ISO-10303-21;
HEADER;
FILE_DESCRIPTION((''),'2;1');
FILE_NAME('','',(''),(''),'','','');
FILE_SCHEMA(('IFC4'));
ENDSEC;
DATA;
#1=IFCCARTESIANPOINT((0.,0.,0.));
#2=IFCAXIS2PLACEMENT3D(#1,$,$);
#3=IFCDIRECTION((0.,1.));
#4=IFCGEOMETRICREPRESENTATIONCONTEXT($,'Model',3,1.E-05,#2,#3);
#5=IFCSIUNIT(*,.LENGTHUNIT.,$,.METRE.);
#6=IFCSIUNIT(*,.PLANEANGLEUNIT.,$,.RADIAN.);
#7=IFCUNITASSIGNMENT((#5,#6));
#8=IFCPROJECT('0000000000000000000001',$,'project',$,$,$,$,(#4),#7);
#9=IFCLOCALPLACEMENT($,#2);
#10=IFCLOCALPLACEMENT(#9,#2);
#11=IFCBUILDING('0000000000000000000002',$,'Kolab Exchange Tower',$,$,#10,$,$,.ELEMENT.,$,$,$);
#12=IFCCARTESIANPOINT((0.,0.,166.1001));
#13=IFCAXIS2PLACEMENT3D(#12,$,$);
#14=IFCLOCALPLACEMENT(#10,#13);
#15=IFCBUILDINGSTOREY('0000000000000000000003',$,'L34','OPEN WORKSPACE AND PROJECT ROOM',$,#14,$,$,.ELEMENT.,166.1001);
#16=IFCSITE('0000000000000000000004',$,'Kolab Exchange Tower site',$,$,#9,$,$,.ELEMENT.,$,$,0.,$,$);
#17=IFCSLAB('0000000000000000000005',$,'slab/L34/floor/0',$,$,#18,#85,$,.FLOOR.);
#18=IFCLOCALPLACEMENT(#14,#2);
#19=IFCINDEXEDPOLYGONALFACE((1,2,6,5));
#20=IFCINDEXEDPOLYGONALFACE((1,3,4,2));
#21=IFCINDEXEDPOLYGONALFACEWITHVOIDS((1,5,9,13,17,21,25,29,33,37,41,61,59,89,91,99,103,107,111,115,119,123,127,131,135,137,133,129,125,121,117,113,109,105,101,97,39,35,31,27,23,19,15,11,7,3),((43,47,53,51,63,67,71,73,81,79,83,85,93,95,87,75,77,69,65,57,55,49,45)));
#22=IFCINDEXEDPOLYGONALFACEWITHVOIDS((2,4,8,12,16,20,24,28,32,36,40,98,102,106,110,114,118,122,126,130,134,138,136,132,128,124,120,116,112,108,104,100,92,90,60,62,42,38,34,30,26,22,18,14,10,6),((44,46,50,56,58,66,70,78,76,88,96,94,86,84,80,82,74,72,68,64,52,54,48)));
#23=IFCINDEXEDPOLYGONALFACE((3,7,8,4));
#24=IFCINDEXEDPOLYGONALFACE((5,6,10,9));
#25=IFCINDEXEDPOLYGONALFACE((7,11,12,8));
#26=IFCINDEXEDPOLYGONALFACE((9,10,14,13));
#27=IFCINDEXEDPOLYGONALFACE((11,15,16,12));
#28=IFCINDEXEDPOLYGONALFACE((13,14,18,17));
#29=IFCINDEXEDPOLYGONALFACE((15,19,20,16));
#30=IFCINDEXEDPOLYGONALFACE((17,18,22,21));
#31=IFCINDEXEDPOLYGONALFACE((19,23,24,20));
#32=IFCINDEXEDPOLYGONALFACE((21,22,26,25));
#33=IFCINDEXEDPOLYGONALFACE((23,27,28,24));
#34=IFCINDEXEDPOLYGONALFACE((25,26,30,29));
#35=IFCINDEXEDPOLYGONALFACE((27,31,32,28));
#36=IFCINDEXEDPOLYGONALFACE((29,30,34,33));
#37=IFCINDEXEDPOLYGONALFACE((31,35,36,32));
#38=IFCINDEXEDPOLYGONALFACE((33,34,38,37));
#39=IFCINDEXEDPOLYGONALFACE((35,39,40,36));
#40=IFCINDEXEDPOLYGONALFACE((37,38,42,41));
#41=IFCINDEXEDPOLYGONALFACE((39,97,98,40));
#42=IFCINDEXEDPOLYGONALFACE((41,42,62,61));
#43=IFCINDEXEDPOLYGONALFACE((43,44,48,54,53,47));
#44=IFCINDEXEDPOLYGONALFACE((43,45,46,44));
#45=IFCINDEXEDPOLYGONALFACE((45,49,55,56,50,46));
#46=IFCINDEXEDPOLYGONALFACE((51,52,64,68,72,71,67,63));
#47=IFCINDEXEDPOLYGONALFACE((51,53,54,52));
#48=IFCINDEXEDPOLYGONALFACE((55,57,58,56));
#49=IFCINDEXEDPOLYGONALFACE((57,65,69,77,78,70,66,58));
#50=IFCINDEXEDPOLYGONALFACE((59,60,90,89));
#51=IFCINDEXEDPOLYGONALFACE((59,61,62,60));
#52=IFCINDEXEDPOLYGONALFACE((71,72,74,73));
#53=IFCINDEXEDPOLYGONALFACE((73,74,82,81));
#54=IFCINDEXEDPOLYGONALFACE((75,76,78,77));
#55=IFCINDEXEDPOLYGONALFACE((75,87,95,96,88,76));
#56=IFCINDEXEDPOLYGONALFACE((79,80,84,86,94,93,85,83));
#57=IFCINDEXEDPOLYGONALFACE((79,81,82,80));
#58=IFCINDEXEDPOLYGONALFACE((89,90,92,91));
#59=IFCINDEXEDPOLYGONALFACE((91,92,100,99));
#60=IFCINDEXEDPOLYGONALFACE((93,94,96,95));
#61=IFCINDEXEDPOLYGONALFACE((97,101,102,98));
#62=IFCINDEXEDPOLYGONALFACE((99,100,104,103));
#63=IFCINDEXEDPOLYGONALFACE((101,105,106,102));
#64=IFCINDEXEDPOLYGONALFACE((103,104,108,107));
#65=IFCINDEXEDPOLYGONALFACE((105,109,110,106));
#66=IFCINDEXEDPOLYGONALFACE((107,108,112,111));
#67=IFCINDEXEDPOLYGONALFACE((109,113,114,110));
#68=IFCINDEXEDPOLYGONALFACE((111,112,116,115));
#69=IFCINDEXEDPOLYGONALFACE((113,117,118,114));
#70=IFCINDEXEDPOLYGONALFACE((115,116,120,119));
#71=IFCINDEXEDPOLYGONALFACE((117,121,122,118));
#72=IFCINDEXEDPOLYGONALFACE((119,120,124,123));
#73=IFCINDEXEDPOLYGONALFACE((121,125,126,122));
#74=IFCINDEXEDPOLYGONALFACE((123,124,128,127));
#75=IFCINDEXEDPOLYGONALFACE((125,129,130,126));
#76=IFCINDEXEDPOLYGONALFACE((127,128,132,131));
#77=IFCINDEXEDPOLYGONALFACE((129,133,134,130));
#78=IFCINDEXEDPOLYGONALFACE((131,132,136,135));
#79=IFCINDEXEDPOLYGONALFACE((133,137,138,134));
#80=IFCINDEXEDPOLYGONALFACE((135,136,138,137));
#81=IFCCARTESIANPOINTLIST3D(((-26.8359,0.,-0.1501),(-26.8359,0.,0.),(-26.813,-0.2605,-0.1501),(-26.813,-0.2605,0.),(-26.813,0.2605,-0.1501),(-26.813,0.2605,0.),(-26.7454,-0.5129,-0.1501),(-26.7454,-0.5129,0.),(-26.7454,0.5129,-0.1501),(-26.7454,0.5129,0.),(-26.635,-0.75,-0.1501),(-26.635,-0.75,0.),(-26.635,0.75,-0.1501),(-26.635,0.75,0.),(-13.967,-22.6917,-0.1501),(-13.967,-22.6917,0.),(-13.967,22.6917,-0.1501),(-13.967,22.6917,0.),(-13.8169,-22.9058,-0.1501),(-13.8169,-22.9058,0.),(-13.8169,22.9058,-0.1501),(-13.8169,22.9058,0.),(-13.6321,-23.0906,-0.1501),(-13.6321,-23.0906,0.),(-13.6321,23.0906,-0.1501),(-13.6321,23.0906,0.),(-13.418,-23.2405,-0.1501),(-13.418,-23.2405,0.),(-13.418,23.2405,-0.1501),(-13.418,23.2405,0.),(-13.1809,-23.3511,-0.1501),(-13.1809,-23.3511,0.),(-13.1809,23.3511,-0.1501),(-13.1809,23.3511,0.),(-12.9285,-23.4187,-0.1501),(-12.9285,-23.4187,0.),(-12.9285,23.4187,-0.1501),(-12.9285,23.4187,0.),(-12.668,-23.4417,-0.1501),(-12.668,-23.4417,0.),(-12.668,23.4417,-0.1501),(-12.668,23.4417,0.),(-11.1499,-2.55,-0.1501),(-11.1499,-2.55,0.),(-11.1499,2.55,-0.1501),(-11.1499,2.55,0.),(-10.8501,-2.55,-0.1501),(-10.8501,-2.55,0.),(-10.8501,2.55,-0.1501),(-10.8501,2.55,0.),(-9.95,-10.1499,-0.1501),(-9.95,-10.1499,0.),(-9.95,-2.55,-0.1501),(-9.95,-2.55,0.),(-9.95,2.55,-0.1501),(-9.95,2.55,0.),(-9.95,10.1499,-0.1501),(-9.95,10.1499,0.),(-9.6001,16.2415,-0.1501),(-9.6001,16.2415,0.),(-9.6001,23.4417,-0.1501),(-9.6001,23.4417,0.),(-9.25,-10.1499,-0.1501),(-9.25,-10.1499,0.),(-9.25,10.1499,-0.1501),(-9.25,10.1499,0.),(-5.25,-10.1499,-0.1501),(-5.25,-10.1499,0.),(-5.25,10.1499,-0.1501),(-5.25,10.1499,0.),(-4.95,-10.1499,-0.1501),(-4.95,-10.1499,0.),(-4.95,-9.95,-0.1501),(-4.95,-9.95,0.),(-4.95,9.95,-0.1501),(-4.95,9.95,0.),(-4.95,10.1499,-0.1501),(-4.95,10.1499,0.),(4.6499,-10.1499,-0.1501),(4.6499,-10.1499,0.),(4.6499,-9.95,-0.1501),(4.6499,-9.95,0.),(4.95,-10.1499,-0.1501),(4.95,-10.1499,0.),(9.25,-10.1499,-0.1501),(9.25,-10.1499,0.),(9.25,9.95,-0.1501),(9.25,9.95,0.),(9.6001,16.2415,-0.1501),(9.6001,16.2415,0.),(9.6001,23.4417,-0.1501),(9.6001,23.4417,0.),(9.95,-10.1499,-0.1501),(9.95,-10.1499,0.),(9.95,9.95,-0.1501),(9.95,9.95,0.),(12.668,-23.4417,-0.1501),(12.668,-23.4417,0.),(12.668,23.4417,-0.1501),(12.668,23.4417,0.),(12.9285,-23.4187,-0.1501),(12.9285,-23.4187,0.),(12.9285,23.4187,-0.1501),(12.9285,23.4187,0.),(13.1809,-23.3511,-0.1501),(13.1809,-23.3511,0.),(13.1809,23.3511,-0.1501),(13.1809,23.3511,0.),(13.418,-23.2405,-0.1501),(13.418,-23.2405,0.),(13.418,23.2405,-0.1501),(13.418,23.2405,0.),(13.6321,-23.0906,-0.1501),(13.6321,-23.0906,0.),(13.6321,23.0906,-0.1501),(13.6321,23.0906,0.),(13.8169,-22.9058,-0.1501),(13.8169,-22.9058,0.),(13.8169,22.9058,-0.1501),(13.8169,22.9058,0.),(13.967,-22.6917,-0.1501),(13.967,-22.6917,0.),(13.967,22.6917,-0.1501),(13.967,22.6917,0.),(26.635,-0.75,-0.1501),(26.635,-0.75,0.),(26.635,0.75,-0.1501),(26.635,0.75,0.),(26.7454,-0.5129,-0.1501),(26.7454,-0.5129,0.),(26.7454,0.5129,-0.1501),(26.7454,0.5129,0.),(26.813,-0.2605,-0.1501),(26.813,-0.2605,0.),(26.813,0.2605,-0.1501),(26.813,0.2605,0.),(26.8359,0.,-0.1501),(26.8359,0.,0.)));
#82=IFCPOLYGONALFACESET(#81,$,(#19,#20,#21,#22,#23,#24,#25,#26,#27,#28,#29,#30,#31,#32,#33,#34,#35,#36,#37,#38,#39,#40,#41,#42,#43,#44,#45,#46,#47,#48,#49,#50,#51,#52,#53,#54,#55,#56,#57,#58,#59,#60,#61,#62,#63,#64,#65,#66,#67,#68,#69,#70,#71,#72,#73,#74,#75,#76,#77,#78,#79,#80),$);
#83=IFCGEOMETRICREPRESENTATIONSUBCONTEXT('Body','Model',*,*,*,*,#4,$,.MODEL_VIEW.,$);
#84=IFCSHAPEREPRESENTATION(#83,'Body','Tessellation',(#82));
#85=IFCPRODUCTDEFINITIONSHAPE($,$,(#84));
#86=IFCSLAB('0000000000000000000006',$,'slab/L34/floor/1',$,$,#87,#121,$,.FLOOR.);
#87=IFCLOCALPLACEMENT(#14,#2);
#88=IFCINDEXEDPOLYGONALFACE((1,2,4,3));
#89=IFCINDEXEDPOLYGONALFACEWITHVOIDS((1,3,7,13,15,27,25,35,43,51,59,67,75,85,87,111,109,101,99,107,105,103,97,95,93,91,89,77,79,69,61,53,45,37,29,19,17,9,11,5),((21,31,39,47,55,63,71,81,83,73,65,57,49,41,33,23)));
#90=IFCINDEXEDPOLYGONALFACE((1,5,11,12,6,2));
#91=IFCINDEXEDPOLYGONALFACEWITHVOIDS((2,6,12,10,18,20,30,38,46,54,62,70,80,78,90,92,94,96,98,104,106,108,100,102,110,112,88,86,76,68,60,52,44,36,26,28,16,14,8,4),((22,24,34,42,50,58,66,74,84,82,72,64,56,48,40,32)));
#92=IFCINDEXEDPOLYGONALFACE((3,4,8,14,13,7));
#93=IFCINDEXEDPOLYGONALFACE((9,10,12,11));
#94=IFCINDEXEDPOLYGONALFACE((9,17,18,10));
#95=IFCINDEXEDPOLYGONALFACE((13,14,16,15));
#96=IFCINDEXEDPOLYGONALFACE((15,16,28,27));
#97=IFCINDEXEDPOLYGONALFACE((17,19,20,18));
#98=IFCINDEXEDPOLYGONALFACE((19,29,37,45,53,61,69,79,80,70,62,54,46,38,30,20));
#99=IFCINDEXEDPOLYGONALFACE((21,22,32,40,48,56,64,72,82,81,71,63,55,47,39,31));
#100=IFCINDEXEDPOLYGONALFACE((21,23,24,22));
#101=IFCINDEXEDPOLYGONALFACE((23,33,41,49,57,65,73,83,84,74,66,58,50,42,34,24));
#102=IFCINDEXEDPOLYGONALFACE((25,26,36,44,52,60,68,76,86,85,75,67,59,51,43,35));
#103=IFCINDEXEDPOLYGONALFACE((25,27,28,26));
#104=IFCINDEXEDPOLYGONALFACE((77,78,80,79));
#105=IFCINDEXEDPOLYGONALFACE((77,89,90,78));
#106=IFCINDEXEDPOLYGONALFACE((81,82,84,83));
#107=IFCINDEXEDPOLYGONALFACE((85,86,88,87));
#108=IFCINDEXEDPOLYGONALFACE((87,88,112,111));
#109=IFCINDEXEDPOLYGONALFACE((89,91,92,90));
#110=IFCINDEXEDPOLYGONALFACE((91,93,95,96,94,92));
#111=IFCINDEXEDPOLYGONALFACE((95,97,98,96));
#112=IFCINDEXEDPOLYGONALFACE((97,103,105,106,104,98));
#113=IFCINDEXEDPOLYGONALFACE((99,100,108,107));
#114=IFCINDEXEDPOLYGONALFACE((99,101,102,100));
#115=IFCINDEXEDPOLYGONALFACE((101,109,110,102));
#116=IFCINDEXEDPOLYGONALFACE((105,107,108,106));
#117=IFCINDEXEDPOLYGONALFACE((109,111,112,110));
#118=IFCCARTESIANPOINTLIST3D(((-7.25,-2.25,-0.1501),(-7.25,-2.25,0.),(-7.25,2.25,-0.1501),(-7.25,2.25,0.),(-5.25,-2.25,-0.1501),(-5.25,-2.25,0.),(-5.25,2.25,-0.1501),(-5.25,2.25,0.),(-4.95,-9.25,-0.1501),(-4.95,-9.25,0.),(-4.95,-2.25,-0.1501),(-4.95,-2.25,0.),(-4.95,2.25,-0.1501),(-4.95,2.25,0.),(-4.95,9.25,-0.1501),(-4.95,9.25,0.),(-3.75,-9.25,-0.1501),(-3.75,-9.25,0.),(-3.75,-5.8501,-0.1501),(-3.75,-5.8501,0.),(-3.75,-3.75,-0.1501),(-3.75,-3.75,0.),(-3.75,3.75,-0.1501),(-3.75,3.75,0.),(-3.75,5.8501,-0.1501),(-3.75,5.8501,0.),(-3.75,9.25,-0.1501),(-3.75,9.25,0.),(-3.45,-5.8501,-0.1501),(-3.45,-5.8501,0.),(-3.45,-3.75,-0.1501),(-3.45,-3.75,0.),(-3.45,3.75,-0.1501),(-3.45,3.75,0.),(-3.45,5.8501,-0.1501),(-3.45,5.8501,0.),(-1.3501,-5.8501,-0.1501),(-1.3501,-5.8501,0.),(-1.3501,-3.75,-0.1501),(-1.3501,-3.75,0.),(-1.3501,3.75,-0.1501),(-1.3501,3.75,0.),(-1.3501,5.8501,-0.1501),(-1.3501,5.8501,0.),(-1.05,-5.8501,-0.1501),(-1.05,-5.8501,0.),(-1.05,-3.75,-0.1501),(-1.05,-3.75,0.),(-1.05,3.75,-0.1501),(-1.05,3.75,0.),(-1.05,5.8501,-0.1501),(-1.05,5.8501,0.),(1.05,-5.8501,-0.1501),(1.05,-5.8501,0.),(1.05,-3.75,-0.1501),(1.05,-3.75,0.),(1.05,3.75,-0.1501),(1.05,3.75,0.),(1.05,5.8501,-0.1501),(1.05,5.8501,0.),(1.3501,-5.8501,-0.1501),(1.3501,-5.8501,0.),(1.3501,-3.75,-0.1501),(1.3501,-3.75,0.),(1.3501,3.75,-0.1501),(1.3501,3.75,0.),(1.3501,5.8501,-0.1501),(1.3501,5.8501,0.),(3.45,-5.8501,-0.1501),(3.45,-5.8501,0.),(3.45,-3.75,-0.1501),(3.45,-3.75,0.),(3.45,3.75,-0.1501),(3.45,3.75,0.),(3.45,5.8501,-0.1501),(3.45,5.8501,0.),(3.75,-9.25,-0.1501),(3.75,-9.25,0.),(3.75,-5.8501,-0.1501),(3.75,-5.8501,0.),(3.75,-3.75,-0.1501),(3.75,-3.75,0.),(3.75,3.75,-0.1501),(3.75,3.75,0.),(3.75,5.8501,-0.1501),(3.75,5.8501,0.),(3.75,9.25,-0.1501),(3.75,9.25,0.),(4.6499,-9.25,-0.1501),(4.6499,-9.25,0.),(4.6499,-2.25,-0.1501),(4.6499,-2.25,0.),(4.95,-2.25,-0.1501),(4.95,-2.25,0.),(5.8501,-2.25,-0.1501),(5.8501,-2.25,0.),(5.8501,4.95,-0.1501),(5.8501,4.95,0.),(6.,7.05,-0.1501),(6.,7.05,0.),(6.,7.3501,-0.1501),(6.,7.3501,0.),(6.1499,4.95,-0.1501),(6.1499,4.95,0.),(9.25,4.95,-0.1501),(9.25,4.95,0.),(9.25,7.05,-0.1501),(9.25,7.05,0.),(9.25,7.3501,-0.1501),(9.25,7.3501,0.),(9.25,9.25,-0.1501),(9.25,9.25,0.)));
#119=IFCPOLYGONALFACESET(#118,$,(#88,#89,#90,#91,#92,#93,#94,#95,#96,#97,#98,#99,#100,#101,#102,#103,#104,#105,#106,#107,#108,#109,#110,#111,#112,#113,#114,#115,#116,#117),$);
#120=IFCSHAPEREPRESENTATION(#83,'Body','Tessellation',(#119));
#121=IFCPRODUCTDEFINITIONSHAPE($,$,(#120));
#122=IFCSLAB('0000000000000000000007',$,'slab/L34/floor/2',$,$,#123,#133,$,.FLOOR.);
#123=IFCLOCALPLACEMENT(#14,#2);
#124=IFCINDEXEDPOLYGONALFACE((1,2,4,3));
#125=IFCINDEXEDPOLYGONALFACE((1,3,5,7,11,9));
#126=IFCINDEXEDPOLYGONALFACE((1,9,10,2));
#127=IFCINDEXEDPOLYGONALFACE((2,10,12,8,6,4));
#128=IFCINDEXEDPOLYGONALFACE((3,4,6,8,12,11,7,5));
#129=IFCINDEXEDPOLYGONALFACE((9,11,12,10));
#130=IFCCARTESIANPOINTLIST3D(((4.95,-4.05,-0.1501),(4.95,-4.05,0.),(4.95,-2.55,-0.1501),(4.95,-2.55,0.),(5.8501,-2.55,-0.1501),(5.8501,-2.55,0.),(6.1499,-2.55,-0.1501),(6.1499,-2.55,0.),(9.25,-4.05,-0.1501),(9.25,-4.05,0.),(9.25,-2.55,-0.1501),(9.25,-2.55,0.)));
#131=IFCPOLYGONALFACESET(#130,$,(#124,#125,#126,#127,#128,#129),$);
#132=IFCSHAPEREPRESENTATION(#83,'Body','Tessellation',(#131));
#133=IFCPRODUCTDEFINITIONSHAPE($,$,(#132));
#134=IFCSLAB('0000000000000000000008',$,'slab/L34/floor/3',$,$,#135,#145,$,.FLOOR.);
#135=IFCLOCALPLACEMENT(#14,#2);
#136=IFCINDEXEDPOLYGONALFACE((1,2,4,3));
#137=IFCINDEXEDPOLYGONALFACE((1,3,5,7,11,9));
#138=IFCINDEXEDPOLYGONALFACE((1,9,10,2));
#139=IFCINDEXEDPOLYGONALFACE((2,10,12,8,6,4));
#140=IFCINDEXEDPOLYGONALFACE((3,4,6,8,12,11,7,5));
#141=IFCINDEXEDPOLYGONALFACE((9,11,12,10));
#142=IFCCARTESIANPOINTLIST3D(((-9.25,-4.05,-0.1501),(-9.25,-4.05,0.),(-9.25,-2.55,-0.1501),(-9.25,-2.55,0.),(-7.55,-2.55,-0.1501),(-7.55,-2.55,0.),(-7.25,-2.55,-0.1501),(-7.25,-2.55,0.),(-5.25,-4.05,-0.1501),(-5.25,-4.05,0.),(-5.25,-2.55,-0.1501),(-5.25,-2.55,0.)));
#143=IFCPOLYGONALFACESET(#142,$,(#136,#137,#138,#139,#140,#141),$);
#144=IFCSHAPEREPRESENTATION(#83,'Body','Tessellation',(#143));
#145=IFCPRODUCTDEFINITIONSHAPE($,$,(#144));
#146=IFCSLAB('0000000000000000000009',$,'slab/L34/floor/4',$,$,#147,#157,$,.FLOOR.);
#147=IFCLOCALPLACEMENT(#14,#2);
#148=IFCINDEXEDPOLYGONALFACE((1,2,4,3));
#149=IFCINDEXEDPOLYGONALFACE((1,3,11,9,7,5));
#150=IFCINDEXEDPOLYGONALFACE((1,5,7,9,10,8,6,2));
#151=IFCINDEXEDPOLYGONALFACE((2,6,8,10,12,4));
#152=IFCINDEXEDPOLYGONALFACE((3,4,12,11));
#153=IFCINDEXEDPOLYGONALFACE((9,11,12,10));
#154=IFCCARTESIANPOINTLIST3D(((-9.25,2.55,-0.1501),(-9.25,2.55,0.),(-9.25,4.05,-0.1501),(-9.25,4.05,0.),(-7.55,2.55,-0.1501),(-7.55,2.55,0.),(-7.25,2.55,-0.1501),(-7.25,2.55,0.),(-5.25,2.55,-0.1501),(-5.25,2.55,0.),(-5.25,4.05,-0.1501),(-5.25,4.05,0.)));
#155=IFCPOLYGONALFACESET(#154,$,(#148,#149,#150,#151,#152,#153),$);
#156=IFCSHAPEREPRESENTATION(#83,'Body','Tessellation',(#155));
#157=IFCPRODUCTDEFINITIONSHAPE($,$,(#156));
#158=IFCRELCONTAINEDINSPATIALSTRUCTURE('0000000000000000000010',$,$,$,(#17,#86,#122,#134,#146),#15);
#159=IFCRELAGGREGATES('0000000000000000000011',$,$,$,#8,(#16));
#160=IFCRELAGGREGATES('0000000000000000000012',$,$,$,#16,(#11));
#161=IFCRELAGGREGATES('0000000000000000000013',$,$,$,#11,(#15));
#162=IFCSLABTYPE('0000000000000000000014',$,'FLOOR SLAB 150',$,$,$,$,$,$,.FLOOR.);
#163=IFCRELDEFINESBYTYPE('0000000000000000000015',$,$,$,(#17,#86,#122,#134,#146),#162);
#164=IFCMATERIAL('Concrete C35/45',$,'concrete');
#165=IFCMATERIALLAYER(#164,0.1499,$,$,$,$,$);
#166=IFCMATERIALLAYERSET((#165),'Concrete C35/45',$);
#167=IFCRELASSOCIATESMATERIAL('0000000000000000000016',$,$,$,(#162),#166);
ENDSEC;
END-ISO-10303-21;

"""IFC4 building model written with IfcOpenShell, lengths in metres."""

from ifc_helpers import new_model, si_unit, direction, frame, origin, place, context, subcontext, project, spatial, polyline, outline, extrude, material, layer, layer_set, type_object, element, save


model = new_model("IFC4")

# Units and contexts
model_context = context("Model", 3, precision=1e-05, world=origin(), true_north=direction((0.0, 1.0)))
body_context = subcontext(model_context, "Body", "Model", "MODEL_VIEW")
ifc_project = project(units=[si_unit("LENGTHUNIT", "METRE"), si_unit("PLANEANGLEUNIT", "RADIAN")], contexts=[model_context])

# Site, building, storey
site_placement = place(None, origin())
site = spatial("IfcSite", under=ifc_project, at=site_placement, Name="Kolab Exchange Tower site", CompositionType="ELEMENT", RefElevation=0.0)
building_placement = place(site_placement, origin())
building = spatial("IfcBuilding", under=site, at=building_placement, Name="Kolab Exchange Tower", CompositionType="ELEMENT")
storey_placement = place(building_placement, frame((0.0, 0.0, 166.1001)))
storey = spatial("IfcBuildingStorey", under=building, at=storey_placement, Name="L34", Description="OPEN WORKSPACE AND PROJECT ROOM", CompositionType="ELEMENT", Elevation=166.1001)

# Slabs
ifc_material_1 = material(Name="Concrete C35/45", Category="concrete")
ifc_layer_1 = layer(ifc_material_1, 0.1499)
ifc_layer_set_1 = layer_set([ifc_layer_1], Name="Concrete C35/45")
slab_type_1 = type_object("IfcSlabType", Name="FLOOR SLAB 150", PredefinedType="FLOOR", material=ifc_layer_set_1)
slab_1_placement = place(storey_placement, frame((0.0, 0.0, -0.1501)))
element("IfcSlab", 1, at=slab_1_placement, inside=storey, type_object=slab_type_1, Name="slab/L34/floor/0", PredefinedType="FLOOR", context=body_context, shape_type="SweptSolid", body=[
    extrude(outline(polyline([(12.668, 23.4417), (9.6001, 23.4417), (9.6001, 16.2415), (-9.6001, 16.2415), (-9.6001, 23.4417), (-12.668, 23.4417), (-12.9285, 23.4187), (-13.1809, 23.3511), (-13.418, 23.2405), (-13.6321, 23.0906), (-13.8169, 22.9058), (-13.967, 22.6917), (-26.635, 0.75), (-26.7454, 0.5129), (-26.813, 0.2605), (-26.8359, 0.0), (-26.813, -0.2605), (-26.7454, -0.5129), (-26.635, -0.75), (-13.967, -22.6917), (-13.8169, -22.9058), (-13.6321, -23.0906), (-13.418, -23.2405), (-13.1809, -23.3511), (-12.9285, -23.4187), (-12.668, -23.4417), (12.668, -23.4417), (12.9285, -23.4187), (13.1809, -23.3511), (13.418, -23.2405), (13.6321, -23.0906), (13.8169, -22.9058), (13.967, -22.6917), (26.635, -0.75), (26.7454, -0.5129), (26.813, -0.2605), (26.8359, 0.0), (26.813, 0.2605), (26.7454, 0.5129), (26.635, 0.75), (13.967, 22.6917), (13.8169, 22.9058), (13.6321, 23.0906), (13.418, 23.2405), (13.1809, 23.3511), (12.9285, 23.4187), (12.668, 23.4417)]), holes=[polyline([(-9.25, -10.1499), (-9.95, -10.1499), (-9.95, -2.55), (-10.8501, -2.55), (-11.1499, -2.55), (-11.1499, 2.55), (-10.8501, 2.55), (-9.95, 2.55), (-9.95, 10.1499), (-9.25, 10.1499), (-5.25, 10.1499), (-4.95, 10.1499), (-4.95, 9.95), (9.25, 9.95), (9.95, 9.95), (9.95, -10.1499), (9.25, -10.1499), (4.95, -10.1499), (4.6499, -10.1499), (4.6499, -9.95), (-4.95, -9.95), (-4.95, -10.1499), (-5.25, -10.1499), (-9.25, -10.1499)])]), origin(), (0.0, 0.0, 1.0), 0.1501),
])
slab_2_placement = place(storey_placement, frame((0.0, 0.0, -0.1501)))
element("IfcSlab", 2, at=slab_2_placement, inside=storey, type_object=slab_type_1, Name="slab/L34/floor/1", PredefinedType="FLOOR", context=body_context, shape_type="SweptSolid", body=[
    extrude(outline(polyline([(-4.95, 9.25), (-4.95, 2.25), (-5.25, 2.25), (-7.25, 2.25), (-7.25, -2.25), (-5.25, -2.25), (-4.95, -2.25), (-4.95, -9.25), (-3.75, -9.25), (-3.75, -5.8501), (-3.45, -5.8501), (-1.3501, -5.8501), (-1.05, -5.8501), (1.05, -5.8501), (1.3501, -5.8501), (3.45, -5.8501), (3.75, -5.8501), (3.75, -9.25), (4.6499, -9.25), (4.6499, -2.25), (4.95, -2.25), (5.8501, -2.25), (5.8501, 4.95), (6.1499, 4.95), (9.25, 4.95), (9.25, 7.05), (6.0, 7.05), (6.0, 7.3501), (9.25, 7.3501), (9.25, 9.25), (3.75, 9.25), (3.75, 5.8501), (3.45, 5.8501), (1.3501, 5.8501), (1.05, 5.8501), (-1.05, 5.8501), (-1.3501, 5.8501), (-3.45, 5.8501), (-3.75, 5.8501), (-3.75, 9.25), (-4.95, 9.25)]), holes=[polyline([(-3.45, -3.75), (-3.75, -3.75), (-3.75, 3.75), (-3.45, 3.75), (-1.3501, 3.75), (-1.05, 3.75), (1.05, 3.75), (1.3501, 3.75), (3.45, 3.75), (3.75, 3.75), (3.75, -3.75), (3.45, -3.75), (1.3501, -3.75), (1.05, -3.75), (-1.05, -3.75), (-1.3501, -3.75), (-3.45, -3.75)])]), origin(), (0.0, 0.0, 1.0), 0.1501),
])
slab_3_placement = place(storey_placement, frame((0.0, 0.0, -0.1501)))
element("IfcSlab", 3, at=slab_3_placement, inside=storey, type_object=slab_type_1, Name="slab/L34/floor/2", PredefinedType="FLOOR", context=body_context, shape_type="SweptSolid", body=[
    extrude(outline(polyline([(4.95, -4.05), (9.25, -4.05), (9.25, -2.55), (6.1499, -2.55), (5.8501, -2.55), (4.95, -2.55), (4.95, -4.05)])), origin(), (0.0, 0.0, 1.0), 0.1501),
])
slab_4_placement = place(storey_placement, frame((0.0, 0.0, -0.1501)))
element("IfcSlab", 4, at=slab_4_placement, inside=storey, type_object=slab_type_1, Name="slab/L34/floor/3", PredefinedType="FLOOR", context=body_context, shape_type="SweptSolid", body=[
    extrude(outline(polyline([(-7.55, -2.55), (-9.25, -2.55), (-9.25, -4.05), (-5.25, -4.05), (-5.25, -2.55), (-7.25, -2.55), (-7.55, -2.55)])), origin(), (0.0, 0.0, 1.0), 0.1501),
])
slab_5_placement = place(storey_placement, frame((0.0, 0.0, -0.1501)))
element("IfcSlab", 5, at=slab_5_placement, inside=storey, type_object=slab_type_1, Name="slab/L34/floor/4", PredefinedType="FLOOR", context=body_context, shape_type="SweptSolid", body=[
    extrude(outline(polyline([(-9.25, 2.55), (-7.55, 2.55), (-7.25, 2.55), (-5.25, 2.55), (-5.25, 4.05), (-9.25, 4.05), (-9.25, 2.55)])), origin(), (0.0, 0.0, 1.0), 0.1501),
])

save(model, "model.ifc")
